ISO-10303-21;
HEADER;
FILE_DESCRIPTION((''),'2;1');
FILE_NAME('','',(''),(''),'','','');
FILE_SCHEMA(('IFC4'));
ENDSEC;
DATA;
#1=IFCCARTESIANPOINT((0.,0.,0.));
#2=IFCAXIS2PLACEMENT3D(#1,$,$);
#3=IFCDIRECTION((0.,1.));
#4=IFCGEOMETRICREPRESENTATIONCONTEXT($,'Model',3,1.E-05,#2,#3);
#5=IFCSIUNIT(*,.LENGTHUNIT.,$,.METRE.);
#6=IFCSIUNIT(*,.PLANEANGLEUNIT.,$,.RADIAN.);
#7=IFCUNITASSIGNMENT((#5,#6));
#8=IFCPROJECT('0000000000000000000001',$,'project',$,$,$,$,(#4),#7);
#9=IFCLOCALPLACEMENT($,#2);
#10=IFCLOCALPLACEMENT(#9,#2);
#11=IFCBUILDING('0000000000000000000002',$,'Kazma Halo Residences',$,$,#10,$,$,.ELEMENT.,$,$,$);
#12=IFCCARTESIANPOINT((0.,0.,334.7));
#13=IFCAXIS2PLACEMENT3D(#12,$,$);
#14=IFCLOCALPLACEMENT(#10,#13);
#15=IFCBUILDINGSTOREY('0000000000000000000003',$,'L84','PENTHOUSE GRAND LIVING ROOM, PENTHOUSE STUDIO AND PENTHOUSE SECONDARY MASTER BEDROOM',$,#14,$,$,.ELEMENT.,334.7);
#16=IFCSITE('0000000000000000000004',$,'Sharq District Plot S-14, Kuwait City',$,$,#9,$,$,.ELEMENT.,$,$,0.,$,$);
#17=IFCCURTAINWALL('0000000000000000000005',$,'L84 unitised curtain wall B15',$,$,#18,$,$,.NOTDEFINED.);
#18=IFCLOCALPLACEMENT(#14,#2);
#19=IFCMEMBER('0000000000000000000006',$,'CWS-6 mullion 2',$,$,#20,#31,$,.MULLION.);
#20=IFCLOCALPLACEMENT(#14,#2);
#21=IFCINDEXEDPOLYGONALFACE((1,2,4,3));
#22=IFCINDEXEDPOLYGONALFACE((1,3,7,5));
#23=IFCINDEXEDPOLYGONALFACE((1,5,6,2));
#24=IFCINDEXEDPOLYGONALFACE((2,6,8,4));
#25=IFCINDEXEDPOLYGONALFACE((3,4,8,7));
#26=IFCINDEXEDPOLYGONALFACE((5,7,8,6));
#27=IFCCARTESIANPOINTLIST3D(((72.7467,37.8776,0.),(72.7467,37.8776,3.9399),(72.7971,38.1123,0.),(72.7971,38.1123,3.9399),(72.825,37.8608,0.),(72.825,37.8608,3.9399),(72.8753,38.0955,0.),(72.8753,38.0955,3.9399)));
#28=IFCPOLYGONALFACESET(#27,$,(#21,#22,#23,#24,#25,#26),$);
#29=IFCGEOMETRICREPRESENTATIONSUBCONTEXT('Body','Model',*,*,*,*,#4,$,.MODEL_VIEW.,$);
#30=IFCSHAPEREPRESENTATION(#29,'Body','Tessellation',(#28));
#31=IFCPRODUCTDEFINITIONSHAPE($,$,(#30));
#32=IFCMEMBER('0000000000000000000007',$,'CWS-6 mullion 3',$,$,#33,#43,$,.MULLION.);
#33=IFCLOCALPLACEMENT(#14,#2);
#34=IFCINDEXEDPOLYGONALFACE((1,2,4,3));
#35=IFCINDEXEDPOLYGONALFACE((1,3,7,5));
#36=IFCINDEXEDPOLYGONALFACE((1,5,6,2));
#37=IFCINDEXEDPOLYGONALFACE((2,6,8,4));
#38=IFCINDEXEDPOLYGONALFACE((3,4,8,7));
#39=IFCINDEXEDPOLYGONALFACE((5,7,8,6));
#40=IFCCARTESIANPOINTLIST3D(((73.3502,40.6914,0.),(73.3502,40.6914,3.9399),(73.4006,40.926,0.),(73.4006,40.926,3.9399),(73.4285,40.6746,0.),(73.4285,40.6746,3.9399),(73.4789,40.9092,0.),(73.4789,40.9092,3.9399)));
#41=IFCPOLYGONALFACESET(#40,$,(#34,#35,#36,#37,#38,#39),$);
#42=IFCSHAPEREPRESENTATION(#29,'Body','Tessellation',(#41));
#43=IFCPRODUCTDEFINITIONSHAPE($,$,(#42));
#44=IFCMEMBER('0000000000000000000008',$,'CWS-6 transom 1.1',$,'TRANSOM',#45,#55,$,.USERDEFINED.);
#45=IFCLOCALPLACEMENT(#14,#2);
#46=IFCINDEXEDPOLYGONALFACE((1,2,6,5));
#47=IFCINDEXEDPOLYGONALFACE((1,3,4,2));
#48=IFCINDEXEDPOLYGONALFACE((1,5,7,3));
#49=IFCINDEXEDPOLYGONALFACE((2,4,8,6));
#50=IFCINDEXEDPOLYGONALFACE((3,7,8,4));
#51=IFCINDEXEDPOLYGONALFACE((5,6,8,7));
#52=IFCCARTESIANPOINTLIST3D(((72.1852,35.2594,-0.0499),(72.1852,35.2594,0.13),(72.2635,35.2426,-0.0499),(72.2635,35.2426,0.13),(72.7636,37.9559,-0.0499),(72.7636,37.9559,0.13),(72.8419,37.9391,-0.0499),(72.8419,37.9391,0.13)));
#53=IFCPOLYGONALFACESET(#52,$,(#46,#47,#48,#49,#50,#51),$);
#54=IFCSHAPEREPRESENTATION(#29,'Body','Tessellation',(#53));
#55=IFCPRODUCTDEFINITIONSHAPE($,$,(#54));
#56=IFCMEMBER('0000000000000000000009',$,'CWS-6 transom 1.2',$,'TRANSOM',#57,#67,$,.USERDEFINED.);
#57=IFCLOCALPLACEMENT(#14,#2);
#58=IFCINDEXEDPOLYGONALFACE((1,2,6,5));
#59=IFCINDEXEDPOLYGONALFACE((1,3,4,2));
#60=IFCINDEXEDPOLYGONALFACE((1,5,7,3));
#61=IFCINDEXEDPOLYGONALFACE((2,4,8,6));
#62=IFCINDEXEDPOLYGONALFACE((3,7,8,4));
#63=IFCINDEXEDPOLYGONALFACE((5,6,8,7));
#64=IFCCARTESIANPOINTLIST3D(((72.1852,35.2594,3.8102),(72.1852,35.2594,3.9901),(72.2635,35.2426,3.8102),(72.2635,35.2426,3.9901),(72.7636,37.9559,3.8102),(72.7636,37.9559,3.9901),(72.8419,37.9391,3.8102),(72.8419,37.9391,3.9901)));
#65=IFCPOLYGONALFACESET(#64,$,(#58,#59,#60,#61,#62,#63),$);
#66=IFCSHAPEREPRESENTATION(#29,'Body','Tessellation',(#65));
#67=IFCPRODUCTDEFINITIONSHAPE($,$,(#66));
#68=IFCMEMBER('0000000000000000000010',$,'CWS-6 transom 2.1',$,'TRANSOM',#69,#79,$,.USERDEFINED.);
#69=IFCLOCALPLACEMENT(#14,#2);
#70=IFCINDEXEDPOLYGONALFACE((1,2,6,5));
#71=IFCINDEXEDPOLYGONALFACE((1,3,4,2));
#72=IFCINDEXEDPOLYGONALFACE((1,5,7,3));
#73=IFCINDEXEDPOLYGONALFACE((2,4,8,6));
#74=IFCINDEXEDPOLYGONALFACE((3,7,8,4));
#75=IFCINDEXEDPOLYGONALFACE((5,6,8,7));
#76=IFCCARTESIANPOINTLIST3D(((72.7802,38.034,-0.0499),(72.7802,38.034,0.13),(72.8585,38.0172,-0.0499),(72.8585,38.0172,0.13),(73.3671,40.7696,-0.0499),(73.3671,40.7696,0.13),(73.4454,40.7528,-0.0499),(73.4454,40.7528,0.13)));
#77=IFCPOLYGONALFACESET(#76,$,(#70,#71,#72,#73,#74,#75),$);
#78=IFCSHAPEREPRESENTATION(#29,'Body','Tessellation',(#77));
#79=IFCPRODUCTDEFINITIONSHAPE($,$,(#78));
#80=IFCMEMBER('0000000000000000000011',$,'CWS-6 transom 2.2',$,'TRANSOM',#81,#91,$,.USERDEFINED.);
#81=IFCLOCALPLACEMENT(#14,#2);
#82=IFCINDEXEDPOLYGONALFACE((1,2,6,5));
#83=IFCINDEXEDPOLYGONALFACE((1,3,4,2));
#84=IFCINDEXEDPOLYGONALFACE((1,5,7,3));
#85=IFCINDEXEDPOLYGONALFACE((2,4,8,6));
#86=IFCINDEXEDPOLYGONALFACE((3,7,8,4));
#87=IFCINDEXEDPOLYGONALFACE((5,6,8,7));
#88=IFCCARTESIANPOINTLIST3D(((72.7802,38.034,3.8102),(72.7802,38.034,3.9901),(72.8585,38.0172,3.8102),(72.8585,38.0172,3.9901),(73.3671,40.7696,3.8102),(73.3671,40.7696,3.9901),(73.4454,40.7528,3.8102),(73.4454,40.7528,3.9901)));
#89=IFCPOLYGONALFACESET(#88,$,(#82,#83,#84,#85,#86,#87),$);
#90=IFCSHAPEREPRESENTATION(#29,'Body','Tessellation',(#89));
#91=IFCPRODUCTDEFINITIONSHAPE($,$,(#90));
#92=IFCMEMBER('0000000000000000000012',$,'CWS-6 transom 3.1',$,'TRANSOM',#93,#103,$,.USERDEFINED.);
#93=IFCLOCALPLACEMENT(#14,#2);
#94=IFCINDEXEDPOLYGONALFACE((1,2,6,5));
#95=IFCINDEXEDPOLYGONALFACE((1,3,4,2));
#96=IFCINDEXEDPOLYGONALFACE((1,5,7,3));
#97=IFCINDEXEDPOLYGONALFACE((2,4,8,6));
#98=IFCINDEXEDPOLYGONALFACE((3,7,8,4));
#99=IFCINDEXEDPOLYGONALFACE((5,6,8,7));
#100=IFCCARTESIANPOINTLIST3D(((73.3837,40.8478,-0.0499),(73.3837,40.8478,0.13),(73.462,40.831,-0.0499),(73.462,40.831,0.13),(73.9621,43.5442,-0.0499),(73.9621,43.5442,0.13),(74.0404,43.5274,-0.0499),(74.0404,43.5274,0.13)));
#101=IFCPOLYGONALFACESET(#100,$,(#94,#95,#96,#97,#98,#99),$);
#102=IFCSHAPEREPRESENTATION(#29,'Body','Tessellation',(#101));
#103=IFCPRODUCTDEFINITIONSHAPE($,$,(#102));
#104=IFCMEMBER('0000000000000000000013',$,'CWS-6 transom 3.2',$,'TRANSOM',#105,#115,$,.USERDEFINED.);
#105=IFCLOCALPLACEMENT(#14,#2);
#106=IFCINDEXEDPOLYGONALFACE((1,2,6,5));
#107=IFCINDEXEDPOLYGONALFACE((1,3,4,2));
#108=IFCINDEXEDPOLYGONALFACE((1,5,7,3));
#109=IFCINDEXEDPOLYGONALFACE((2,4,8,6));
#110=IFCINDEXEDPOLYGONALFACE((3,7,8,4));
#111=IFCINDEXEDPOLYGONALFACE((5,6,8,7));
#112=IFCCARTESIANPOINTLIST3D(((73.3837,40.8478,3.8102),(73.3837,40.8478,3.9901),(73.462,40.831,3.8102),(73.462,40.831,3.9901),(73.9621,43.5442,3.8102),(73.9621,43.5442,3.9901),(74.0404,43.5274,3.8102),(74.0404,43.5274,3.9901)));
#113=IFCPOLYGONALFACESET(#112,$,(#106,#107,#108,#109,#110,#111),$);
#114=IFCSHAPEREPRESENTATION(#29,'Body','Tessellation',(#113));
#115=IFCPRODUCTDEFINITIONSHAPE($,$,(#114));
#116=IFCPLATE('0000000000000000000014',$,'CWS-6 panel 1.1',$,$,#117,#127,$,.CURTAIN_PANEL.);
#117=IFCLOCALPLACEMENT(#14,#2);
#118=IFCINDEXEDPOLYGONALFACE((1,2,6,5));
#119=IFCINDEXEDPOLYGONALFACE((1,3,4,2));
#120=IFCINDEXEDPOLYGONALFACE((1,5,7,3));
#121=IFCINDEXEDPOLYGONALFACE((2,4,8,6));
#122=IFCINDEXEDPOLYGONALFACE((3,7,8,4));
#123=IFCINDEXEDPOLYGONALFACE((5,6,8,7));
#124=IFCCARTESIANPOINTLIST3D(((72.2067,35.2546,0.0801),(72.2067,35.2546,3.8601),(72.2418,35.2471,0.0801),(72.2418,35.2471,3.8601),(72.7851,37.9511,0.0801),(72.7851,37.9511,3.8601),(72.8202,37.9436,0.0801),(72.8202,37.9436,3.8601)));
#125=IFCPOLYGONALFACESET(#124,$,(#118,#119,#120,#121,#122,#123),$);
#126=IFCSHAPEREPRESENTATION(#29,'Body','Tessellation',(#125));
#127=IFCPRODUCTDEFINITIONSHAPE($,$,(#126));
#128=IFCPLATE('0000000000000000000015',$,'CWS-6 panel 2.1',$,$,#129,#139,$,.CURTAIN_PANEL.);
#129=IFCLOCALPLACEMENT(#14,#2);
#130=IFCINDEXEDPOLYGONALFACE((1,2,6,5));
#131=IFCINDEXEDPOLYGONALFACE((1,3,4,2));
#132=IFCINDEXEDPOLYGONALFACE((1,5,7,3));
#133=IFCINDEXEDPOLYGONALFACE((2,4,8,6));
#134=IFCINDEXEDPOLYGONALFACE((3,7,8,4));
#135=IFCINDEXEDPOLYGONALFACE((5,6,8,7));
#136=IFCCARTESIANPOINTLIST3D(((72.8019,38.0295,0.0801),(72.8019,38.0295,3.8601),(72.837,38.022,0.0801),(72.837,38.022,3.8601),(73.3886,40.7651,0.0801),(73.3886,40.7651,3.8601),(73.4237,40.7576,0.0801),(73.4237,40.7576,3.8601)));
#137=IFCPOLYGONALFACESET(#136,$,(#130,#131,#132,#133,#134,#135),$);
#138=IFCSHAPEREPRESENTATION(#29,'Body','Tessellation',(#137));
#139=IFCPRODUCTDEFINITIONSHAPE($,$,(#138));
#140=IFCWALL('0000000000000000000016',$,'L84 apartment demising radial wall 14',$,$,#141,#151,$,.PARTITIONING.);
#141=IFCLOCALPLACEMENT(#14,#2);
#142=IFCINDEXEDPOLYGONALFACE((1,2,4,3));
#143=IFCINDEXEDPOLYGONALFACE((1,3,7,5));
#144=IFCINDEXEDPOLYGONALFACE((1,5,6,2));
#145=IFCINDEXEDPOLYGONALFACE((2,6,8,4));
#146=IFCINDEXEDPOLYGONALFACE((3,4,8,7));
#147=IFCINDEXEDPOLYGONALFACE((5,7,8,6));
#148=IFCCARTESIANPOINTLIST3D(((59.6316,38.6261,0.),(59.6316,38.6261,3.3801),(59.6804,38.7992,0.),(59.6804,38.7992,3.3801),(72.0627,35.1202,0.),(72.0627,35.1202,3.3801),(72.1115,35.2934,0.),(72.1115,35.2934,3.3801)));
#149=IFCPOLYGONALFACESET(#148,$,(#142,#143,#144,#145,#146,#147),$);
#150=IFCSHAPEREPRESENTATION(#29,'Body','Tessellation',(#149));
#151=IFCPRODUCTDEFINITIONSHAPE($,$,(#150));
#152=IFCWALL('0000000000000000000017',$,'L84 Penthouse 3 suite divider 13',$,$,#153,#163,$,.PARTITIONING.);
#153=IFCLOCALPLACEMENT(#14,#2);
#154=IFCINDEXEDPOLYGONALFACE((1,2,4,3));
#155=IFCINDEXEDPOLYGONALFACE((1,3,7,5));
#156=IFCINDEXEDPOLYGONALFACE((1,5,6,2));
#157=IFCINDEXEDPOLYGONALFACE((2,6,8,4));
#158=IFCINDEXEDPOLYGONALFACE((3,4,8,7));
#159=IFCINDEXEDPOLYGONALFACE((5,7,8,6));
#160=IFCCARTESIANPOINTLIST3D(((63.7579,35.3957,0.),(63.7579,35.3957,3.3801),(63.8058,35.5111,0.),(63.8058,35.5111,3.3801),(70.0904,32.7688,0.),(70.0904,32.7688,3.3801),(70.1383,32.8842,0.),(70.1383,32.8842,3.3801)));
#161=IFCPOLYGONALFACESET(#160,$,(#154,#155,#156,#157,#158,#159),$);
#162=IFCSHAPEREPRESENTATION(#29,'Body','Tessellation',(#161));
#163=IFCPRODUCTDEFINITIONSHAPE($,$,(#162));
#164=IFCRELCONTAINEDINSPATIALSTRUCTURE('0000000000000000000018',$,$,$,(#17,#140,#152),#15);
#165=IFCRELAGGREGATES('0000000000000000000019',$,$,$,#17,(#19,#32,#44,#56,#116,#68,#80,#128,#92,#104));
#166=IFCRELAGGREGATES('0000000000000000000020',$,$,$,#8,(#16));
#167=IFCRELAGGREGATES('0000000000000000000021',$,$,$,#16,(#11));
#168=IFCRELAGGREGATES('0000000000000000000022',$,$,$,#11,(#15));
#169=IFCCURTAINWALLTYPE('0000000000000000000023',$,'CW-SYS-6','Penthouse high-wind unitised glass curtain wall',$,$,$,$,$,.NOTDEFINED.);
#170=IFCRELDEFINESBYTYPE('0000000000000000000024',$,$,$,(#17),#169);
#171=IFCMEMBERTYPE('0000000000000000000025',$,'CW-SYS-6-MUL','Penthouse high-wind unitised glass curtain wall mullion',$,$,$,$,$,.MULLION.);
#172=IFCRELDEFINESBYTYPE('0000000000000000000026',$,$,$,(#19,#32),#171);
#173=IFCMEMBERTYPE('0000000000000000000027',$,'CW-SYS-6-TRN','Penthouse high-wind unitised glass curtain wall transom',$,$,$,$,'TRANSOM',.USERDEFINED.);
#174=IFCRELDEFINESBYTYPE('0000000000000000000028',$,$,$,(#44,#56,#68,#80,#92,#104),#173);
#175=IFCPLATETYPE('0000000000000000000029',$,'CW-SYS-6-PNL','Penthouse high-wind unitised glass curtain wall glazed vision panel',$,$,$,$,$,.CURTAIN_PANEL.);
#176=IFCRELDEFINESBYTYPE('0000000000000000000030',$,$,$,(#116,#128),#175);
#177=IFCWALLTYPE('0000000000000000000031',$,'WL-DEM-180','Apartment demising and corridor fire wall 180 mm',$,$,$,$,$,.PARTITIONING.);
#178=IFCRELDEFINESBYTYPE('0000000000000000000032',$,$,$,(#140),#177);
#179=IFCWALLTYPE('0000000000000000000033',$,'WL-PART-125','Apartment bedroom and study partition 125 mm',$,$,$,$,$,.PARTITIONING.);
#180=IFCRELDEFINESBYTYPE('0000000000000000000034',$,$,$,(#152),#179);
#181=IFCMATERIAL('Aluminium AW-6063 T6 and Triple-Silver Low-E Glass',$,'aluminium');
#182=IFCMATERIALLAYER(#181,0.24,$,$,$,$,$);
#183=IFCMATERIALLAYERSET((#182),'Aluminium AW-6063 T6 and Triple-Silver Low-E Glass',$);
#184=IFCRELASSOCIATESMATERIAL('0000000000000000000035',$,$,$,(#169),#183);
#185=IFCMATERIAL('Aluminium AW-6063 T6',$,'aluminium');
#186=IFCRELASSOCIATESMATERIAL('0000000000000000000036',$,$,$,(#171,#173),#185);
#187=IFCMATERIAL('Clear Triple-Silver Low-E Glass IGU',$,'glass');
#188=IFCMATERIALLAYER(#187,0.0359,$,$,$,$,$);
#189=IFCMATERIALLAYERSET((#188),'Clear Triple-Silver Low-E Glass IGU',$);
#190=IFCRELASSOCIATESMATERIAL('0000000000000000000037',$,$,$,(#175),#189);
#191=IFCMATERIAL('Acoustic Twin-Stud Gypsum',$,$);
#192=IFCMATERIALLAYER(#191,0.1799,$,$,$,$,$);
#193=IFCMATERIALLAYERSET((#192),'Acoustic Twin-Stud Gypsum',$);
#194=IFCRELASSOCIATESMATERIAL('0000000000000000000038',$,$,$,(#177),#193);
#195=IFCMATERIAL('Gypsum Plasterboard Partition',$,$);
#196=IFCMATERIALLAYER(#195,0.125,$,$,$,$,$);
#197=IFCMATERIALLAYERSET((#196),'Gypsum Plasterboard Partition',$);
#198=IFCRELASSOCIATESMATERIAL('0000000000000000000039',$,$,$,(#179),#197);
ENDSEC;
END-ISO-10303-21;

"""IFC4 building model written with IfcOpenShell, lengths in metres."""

from ifc_helpers import new_model, si_unit, direction, frame, frame_2d, origin, origin_2d, place, context, subcontext, project, spatial, rectangle, extrude, material, layer, layer_set, material_profile, profile_set, type_object, element, aggregate, save


model = new_model("IFC4")

# Units and contexts
model_context = context("Model", 3, precision=1e-05, world=origin(), true_north=direction((0.0, 1.0)))
body_context = subcontext(model_context, "Body", "Model", "MODEL_VIEW")
ifc_project = project(units=[si_unit("LENGTHUNIT", "METRE"), si_unit("PLANEANGLEUNIT", "RADIAN")], contexts=[model_context])

# Site, building, storey
site_placement = place(None, origin())
site = spatial("IfcSite", under=ifc_project, at=site_placement, Name="Sharq District Plot S-14, Kuwait City", CompositionType="ELEMENT", RefElevation=0.0)
building_placement = place(site_placement, origin())
building = spatial("IfcBuilding", under=site, at=building_placement, Name="Kazma Halo Residences", CompositionType="ELEMENT")
storey_placement = place(building_placement, frame((0.0, 0.0, 334.7)))
storey = spatial("IfcBuildingStorey", under=building, at=storey_placement, Name="L84", Description="PENTHOUSE GRAND LIVING ROOM, PENTHOUSE STUDIO AND PENTHOUSE SECONDARY MASTER BEDROOM", CompositionType="ELEMENT", Elevation=334.7)

# Curtain wall, members, plates
ifc_material_1 = material(Name="Aluminium AW-6063 T6 and Triple-Silver Low-E Glass", Category="aluminium")
ifc_layer_1 = layer(ifc_material_1, 0.24)
ifc_layer_set_1 = layer_set([ifc_layer_1], Name="Aluminium AW-6063 T6 and Triple-Silver Low-E Glass")
curtain_wall_type = type_object("IfcCurtainWallType", Name="CW-SYS-6", Description="Penthouse high-wind unitised glass curtain wall", PredefinedType="NOTDEFINED", material=ifc_layer_set_1)
curtain_wall_placement = place(storey_placement, origin())
curtain_wall = element("IfcCurtainWall", 1, at=curtain_wall_placement, inside=storey, type_object=curtain_wall_type, Name="L84 unitised curtain wall B15", PredefinedType="NOTDEFINED")
ifc_material_2 = material(Name="Aluminium AW-6063 T6", Category="aluminium")
ifc_material_profile_1 = material_profile(ifc_material_2, rectangle(XDim=0.0801, YDim=0.24, at=origin_2d()), Name="CWM-80x240")
ifc_profile_set_1 = profile_set([ifc_material_profile_1], Name="Aluminium AW-6063 T6")
member_type_1 = type_object("IfcMemberType", Name="CW-SYS-6-MUL", Description="Penthouse high-wind unitised glass curtain wall mullion", PredefinedType="MULLION", material=ifc_profile_set_1)
member_1_placement = place(storey_placement, frame((72.811, 37.9866, 0.0), z_axis=(0.0, 0.0, 1.0), x_axis=(-0.977761, 0.209723, 0.0)))
member_1 = element("IfcMember", 2, at=member_1_placement, type_object=member_type_1, Name="CWS-6 mullion 2", PredefinedType="MULLION", context=body_context, shape_type="SweptSolid", body=[
    extrude(rectangle(XDim=0.0801, YDim=0.24, at=origin_2d()), origin(), (0.0, 0.0, 1.0), 3.9399),
])
member_2_placement = place(storey_placement, frame((73.4146, 40.8003, 0.0), z_axis=(0.0, 0.0, 1.0), x_axis=(-0.977761, 0.209723, 0.0)))
member_2 = element("IfcMember", 3, at=member_2_placement, type_object=member_type_1, Name="CWS-6 mullion 3", PredefinedType="MULLION", context=body_context, shape_type="SweptSolid", body=[
    extrude(rectangle(XDim=0.0801, YDim=0.24, at=origin_2d()), origin(), (0.0, 0.0, 1.0), 3.9399),
])
ifc_material_profile_2 = material_profile(ifc_material_2, rectangle(XDim=0.0801, YDim=0.1799, at=origin_2d()), Name="CWT-80x180")
ifc_profile_set_2 = profile_set([ifc_material_profile_2], Name="Aluminium AW-6063 T6")
member_type_2 = type_object("IfcMemberType", Name="CW-SYS-6-TRN", Description="Penthouse high-wind unitised glass curtain wall transom", ElementType="TRANSOM", PredefinedType="USERDEFINED", material=ifc_profile_set_2)
member_3_placement = place(storey_placement, frame((72.2244, 35.251, 0.04), z_axis=(0.209716, 0.977762, 0.0), x_axis=(-0.977762, 0.209716, 0.0)))
member_3 = element("IfcMember", 4, at=member_3_placement, type_object=member_type_2, Name="CWS-6 transom 1.1", ObjectType="TRANSOM", PredefinedType="USERDEFINED", context=body_context, shape_type="SweptSolid", body=[
    extrude(rectangle(XDim=0.0801, YDim=0.1799, at=origin_2d()), origin(), (0.0, 0.0, 1.0), 2.7578),
])
member_4_placement = place(storey_placement, frame((72.2244, 35.251, 3.9001), z_axis=(0.209716, 0.977762, 0.0), x_axis=(-0.977762, 0.209716, 0.0)))
member_4 = element("IfcMember", 5, at=member_4_placement, type_object=member_type_2, Name="CWS-6 transom 1.2", ObjectType="TRANSOM", PredefinedType="USERDEFINED", context=body_context, shape_type="SweptSolid", body=[
    extrude(rectangle(XDim=0.0801, YDim=0.1799, at=origin_2d()), origin(), (0.0, 0.0, 1.0), 2.7578),
])
member_5_placement = place(storey_placement, frame((72.8193, 38.0256, 0.04), z_axis=(0.209773, 0.97775, 0.0), x_axis=(-0.97775, 0.209773, 0.0)))
member_5 = element("IfcMember", 6, at=member_5_placement, type_object=member_type_2, Name="CWS-6 transom 2.1", ObjectType="TRANSOM", PredefinedType="USERDEFINED", context=body_context, shape_type="SweptSolid", body=[
    extrude(rectangle(XDim=0.0801, YDim=0.1799, at=origin_2d()), origin(), (0.0, 0.0, 1.0), 2.7979),
])
member_6_placement = place(storey_placement, frame((72.8193, 38.0256, 3.9001), z_axis=(0.209773, 0.97775, 0.0), x_axis=(-0.97775, 0.209773, 0.0)))
member_6 = element("IfcMember", 7, at=member_6_placement, type_object=member_type_2, Name="CWS-6 transom 2.2", ObjectType="TRANSOM", PredefinedType="USERDEFINED", context=body_context, shape_type="SweptSolid", body=[
    extrude(rectangle(XDim=0.0801, YDim=0.1799, at=origin_2d()), origin(), (0.0, 0.0, 1.0), 2.7979),
])
member_7_placement = place(storey_placement, frame((73.4229, 40.8394, 0.04), z_axis=(0.209716, 0.977762, 0.0), x_axis=(-0.977762, 0.209716, 0.0)))
member_7 = element("IfcMember", 8, at=member_7_placement, type_object=member_type_2, Name="CWS-6 transom 3.1", ObjectType="TRANSOM", PredefinedType="USERDEFINED", context=body_context, shape_type="SweptSolid", body=[
    extrude(rectangle(XDim=0.0801, YDim=0.1799, at=origin_2d()), origin(), (0.0, 0.0, 1.0), 2.7578),
])
member_8_placement = place(storey_placement, frame((73.4229, 40.8394, 3.9001), z_axis=(0.209716, 0.977762, 0.0), x_axis=(-0.977762, 0.209716, 0.0)))
member_8 = element("IfcMember", 9, at=member_8_placement, type_object=member_type_2, Name="CWS-6 transom 3.2", ObjectType="TRANSOM", PredefinedType="USERDEFINED", context=body_context, shape_type="SweptSolid", body=[
    extrude(rectangle(XDim=0.0801, YDim=0.1799, at=origin_2d()), origin(), (0.0, 0.0, 1.0), 2.7578),
])
ifc_material_3 = material(Name="Clear Triple-Silver Low-E Glass IGU", Category="glass")
ifc_layer_2 = layer(ifc_material_3, 0.0359)
ifc_layer_set_2 = layer_set([ifc_layer_2], Name="Clear Triple-Silver Low-E Glass IGU")
plate_type = type_object("IfcPlateType", Name="CW-SYS-6-PNL", Description="Penthouse high-wind unitised glass curtain wall glazed vision panel", PredefinedType="CURTAIN_PANEL", material=ifc_layer_set_2)
plate_1_placement = place(storey_placement, frame((72.5134, 36.5991, 0.0801), z_axis=(0.0, 0.0, 1.0), x_axis=(0.209723, 0.977761, 0.0)))
plate_1 = element("IfcPlate", 10, at=plate_1_placement, type_object=plate_type, Name="CWS-6 panel 1.1", PredefinedType="CURTAIN_PANEL", context=body_context, shape_type="SweptSolid", body=[
    extrude(rectangle(XDim=2.7578, YDim=0.0359, at=origin_2d()), origin(), (0.0, 0.0, 1.0), 3.78),
])
plate_2_placement = place(storey_placement, frame((73.1128, 39.3936, 0.0801), z_axis=(0.0, 0.0, 1.0), x_axis=(0.209723, 0.977761, 0.0)))
plate_2 = element("IfcPlate", 11, at=plate_2_placement, type_object=plate_type, Name="CWS-6 panel 2.1", PredefinedType="CURTAIN_PANEL", context=body_context, shape_type="SweptSolid", body=[
    extrude(rectangle(XDim=2.7979, YDim=0.0359, at=origin_2d()), origin(), (0.0, 0.0, 1.0), 3.78),
])
aggregate(curtain_wall, [member_1, member_2, member_3, member_4, plate_1, member_5, member_6, plate_2, member_7, member_8])

# Walls
ifc_material_4 = material(Name="Acoustic Twin-Stud Gypsum")
ifc_layer_3 = layer(ifc_material_4, 0.1799)
ifc_layer_set_3 = layer_set([ifc_layer_3], Name="Acoustic Twin-Stud Gypsum")
wall_type_1 = type_object("IfcWallType", Name="WL-DEM-180", Description="Apartment demising and corridor fire wall 180 mm", PredefinedType="PARTITIONING", material=ifc_layer_set_3)
wall_1_placement = place(storey_placement, frame((59.656, 38.7126, 0.0), z_axis=(0.0, 0.0, 1.0), x_axis=(0.962457, -0.271434, 0.0)))
element("IfcWall", 12, at=wall_1_placement, inside=storey, type_object=wall_type_1, Name="L84 apartment demising radial wall 14", PredefinedType="PARTITIONING", context=body_context, shape_type="SweptSolid", body=[
    extrude(rectangle(XDim=12.916, YDim=0.1799, at=frame_2d((6.458, 0.0))), origin(), (0.0, 0.0, 1.0), 3.3801),
])
ifc_material_5 = material(Name="Gypsum Plasterboard Partition")
ifc_layer_4 = layer(ifc_material_5, 0.125)
ifc_layer_set_4 = layer_set([ifc_layer_4], Name="Gypsum Plasterboard Partition")
wall_type_2 = type_object("IfcWallType", Name="WL-PART-125", Description="Apartment bedroom and study partition 125 mm", PredefinedType="PARTITIONING", material=ifc_layer_set_4)
wall_2_placement = place(storey_placement, frame((63.782, 35.4534, 0.0), z_axis=(0.0, 0.0, 1.0), x_axis=(0.923676, -0.383174, 0.0)))
element("IfcWall", 13, at=wall_2_placement, inside=storey, type_object=wall_type_2, Name="L84 Penthouse 3 suite divider 13", PredefinedType="PARTITIONING", context=body_context, shape_type="SweptSolid", body=[
    extrude(rectangle(XDim=6.8557, YDim=0.125, at=frame_2d((3.4277, 0.0))), origin(), (0.0, 0.0, 1.0), 3.3801),
])

save(model, "model.ifc")
